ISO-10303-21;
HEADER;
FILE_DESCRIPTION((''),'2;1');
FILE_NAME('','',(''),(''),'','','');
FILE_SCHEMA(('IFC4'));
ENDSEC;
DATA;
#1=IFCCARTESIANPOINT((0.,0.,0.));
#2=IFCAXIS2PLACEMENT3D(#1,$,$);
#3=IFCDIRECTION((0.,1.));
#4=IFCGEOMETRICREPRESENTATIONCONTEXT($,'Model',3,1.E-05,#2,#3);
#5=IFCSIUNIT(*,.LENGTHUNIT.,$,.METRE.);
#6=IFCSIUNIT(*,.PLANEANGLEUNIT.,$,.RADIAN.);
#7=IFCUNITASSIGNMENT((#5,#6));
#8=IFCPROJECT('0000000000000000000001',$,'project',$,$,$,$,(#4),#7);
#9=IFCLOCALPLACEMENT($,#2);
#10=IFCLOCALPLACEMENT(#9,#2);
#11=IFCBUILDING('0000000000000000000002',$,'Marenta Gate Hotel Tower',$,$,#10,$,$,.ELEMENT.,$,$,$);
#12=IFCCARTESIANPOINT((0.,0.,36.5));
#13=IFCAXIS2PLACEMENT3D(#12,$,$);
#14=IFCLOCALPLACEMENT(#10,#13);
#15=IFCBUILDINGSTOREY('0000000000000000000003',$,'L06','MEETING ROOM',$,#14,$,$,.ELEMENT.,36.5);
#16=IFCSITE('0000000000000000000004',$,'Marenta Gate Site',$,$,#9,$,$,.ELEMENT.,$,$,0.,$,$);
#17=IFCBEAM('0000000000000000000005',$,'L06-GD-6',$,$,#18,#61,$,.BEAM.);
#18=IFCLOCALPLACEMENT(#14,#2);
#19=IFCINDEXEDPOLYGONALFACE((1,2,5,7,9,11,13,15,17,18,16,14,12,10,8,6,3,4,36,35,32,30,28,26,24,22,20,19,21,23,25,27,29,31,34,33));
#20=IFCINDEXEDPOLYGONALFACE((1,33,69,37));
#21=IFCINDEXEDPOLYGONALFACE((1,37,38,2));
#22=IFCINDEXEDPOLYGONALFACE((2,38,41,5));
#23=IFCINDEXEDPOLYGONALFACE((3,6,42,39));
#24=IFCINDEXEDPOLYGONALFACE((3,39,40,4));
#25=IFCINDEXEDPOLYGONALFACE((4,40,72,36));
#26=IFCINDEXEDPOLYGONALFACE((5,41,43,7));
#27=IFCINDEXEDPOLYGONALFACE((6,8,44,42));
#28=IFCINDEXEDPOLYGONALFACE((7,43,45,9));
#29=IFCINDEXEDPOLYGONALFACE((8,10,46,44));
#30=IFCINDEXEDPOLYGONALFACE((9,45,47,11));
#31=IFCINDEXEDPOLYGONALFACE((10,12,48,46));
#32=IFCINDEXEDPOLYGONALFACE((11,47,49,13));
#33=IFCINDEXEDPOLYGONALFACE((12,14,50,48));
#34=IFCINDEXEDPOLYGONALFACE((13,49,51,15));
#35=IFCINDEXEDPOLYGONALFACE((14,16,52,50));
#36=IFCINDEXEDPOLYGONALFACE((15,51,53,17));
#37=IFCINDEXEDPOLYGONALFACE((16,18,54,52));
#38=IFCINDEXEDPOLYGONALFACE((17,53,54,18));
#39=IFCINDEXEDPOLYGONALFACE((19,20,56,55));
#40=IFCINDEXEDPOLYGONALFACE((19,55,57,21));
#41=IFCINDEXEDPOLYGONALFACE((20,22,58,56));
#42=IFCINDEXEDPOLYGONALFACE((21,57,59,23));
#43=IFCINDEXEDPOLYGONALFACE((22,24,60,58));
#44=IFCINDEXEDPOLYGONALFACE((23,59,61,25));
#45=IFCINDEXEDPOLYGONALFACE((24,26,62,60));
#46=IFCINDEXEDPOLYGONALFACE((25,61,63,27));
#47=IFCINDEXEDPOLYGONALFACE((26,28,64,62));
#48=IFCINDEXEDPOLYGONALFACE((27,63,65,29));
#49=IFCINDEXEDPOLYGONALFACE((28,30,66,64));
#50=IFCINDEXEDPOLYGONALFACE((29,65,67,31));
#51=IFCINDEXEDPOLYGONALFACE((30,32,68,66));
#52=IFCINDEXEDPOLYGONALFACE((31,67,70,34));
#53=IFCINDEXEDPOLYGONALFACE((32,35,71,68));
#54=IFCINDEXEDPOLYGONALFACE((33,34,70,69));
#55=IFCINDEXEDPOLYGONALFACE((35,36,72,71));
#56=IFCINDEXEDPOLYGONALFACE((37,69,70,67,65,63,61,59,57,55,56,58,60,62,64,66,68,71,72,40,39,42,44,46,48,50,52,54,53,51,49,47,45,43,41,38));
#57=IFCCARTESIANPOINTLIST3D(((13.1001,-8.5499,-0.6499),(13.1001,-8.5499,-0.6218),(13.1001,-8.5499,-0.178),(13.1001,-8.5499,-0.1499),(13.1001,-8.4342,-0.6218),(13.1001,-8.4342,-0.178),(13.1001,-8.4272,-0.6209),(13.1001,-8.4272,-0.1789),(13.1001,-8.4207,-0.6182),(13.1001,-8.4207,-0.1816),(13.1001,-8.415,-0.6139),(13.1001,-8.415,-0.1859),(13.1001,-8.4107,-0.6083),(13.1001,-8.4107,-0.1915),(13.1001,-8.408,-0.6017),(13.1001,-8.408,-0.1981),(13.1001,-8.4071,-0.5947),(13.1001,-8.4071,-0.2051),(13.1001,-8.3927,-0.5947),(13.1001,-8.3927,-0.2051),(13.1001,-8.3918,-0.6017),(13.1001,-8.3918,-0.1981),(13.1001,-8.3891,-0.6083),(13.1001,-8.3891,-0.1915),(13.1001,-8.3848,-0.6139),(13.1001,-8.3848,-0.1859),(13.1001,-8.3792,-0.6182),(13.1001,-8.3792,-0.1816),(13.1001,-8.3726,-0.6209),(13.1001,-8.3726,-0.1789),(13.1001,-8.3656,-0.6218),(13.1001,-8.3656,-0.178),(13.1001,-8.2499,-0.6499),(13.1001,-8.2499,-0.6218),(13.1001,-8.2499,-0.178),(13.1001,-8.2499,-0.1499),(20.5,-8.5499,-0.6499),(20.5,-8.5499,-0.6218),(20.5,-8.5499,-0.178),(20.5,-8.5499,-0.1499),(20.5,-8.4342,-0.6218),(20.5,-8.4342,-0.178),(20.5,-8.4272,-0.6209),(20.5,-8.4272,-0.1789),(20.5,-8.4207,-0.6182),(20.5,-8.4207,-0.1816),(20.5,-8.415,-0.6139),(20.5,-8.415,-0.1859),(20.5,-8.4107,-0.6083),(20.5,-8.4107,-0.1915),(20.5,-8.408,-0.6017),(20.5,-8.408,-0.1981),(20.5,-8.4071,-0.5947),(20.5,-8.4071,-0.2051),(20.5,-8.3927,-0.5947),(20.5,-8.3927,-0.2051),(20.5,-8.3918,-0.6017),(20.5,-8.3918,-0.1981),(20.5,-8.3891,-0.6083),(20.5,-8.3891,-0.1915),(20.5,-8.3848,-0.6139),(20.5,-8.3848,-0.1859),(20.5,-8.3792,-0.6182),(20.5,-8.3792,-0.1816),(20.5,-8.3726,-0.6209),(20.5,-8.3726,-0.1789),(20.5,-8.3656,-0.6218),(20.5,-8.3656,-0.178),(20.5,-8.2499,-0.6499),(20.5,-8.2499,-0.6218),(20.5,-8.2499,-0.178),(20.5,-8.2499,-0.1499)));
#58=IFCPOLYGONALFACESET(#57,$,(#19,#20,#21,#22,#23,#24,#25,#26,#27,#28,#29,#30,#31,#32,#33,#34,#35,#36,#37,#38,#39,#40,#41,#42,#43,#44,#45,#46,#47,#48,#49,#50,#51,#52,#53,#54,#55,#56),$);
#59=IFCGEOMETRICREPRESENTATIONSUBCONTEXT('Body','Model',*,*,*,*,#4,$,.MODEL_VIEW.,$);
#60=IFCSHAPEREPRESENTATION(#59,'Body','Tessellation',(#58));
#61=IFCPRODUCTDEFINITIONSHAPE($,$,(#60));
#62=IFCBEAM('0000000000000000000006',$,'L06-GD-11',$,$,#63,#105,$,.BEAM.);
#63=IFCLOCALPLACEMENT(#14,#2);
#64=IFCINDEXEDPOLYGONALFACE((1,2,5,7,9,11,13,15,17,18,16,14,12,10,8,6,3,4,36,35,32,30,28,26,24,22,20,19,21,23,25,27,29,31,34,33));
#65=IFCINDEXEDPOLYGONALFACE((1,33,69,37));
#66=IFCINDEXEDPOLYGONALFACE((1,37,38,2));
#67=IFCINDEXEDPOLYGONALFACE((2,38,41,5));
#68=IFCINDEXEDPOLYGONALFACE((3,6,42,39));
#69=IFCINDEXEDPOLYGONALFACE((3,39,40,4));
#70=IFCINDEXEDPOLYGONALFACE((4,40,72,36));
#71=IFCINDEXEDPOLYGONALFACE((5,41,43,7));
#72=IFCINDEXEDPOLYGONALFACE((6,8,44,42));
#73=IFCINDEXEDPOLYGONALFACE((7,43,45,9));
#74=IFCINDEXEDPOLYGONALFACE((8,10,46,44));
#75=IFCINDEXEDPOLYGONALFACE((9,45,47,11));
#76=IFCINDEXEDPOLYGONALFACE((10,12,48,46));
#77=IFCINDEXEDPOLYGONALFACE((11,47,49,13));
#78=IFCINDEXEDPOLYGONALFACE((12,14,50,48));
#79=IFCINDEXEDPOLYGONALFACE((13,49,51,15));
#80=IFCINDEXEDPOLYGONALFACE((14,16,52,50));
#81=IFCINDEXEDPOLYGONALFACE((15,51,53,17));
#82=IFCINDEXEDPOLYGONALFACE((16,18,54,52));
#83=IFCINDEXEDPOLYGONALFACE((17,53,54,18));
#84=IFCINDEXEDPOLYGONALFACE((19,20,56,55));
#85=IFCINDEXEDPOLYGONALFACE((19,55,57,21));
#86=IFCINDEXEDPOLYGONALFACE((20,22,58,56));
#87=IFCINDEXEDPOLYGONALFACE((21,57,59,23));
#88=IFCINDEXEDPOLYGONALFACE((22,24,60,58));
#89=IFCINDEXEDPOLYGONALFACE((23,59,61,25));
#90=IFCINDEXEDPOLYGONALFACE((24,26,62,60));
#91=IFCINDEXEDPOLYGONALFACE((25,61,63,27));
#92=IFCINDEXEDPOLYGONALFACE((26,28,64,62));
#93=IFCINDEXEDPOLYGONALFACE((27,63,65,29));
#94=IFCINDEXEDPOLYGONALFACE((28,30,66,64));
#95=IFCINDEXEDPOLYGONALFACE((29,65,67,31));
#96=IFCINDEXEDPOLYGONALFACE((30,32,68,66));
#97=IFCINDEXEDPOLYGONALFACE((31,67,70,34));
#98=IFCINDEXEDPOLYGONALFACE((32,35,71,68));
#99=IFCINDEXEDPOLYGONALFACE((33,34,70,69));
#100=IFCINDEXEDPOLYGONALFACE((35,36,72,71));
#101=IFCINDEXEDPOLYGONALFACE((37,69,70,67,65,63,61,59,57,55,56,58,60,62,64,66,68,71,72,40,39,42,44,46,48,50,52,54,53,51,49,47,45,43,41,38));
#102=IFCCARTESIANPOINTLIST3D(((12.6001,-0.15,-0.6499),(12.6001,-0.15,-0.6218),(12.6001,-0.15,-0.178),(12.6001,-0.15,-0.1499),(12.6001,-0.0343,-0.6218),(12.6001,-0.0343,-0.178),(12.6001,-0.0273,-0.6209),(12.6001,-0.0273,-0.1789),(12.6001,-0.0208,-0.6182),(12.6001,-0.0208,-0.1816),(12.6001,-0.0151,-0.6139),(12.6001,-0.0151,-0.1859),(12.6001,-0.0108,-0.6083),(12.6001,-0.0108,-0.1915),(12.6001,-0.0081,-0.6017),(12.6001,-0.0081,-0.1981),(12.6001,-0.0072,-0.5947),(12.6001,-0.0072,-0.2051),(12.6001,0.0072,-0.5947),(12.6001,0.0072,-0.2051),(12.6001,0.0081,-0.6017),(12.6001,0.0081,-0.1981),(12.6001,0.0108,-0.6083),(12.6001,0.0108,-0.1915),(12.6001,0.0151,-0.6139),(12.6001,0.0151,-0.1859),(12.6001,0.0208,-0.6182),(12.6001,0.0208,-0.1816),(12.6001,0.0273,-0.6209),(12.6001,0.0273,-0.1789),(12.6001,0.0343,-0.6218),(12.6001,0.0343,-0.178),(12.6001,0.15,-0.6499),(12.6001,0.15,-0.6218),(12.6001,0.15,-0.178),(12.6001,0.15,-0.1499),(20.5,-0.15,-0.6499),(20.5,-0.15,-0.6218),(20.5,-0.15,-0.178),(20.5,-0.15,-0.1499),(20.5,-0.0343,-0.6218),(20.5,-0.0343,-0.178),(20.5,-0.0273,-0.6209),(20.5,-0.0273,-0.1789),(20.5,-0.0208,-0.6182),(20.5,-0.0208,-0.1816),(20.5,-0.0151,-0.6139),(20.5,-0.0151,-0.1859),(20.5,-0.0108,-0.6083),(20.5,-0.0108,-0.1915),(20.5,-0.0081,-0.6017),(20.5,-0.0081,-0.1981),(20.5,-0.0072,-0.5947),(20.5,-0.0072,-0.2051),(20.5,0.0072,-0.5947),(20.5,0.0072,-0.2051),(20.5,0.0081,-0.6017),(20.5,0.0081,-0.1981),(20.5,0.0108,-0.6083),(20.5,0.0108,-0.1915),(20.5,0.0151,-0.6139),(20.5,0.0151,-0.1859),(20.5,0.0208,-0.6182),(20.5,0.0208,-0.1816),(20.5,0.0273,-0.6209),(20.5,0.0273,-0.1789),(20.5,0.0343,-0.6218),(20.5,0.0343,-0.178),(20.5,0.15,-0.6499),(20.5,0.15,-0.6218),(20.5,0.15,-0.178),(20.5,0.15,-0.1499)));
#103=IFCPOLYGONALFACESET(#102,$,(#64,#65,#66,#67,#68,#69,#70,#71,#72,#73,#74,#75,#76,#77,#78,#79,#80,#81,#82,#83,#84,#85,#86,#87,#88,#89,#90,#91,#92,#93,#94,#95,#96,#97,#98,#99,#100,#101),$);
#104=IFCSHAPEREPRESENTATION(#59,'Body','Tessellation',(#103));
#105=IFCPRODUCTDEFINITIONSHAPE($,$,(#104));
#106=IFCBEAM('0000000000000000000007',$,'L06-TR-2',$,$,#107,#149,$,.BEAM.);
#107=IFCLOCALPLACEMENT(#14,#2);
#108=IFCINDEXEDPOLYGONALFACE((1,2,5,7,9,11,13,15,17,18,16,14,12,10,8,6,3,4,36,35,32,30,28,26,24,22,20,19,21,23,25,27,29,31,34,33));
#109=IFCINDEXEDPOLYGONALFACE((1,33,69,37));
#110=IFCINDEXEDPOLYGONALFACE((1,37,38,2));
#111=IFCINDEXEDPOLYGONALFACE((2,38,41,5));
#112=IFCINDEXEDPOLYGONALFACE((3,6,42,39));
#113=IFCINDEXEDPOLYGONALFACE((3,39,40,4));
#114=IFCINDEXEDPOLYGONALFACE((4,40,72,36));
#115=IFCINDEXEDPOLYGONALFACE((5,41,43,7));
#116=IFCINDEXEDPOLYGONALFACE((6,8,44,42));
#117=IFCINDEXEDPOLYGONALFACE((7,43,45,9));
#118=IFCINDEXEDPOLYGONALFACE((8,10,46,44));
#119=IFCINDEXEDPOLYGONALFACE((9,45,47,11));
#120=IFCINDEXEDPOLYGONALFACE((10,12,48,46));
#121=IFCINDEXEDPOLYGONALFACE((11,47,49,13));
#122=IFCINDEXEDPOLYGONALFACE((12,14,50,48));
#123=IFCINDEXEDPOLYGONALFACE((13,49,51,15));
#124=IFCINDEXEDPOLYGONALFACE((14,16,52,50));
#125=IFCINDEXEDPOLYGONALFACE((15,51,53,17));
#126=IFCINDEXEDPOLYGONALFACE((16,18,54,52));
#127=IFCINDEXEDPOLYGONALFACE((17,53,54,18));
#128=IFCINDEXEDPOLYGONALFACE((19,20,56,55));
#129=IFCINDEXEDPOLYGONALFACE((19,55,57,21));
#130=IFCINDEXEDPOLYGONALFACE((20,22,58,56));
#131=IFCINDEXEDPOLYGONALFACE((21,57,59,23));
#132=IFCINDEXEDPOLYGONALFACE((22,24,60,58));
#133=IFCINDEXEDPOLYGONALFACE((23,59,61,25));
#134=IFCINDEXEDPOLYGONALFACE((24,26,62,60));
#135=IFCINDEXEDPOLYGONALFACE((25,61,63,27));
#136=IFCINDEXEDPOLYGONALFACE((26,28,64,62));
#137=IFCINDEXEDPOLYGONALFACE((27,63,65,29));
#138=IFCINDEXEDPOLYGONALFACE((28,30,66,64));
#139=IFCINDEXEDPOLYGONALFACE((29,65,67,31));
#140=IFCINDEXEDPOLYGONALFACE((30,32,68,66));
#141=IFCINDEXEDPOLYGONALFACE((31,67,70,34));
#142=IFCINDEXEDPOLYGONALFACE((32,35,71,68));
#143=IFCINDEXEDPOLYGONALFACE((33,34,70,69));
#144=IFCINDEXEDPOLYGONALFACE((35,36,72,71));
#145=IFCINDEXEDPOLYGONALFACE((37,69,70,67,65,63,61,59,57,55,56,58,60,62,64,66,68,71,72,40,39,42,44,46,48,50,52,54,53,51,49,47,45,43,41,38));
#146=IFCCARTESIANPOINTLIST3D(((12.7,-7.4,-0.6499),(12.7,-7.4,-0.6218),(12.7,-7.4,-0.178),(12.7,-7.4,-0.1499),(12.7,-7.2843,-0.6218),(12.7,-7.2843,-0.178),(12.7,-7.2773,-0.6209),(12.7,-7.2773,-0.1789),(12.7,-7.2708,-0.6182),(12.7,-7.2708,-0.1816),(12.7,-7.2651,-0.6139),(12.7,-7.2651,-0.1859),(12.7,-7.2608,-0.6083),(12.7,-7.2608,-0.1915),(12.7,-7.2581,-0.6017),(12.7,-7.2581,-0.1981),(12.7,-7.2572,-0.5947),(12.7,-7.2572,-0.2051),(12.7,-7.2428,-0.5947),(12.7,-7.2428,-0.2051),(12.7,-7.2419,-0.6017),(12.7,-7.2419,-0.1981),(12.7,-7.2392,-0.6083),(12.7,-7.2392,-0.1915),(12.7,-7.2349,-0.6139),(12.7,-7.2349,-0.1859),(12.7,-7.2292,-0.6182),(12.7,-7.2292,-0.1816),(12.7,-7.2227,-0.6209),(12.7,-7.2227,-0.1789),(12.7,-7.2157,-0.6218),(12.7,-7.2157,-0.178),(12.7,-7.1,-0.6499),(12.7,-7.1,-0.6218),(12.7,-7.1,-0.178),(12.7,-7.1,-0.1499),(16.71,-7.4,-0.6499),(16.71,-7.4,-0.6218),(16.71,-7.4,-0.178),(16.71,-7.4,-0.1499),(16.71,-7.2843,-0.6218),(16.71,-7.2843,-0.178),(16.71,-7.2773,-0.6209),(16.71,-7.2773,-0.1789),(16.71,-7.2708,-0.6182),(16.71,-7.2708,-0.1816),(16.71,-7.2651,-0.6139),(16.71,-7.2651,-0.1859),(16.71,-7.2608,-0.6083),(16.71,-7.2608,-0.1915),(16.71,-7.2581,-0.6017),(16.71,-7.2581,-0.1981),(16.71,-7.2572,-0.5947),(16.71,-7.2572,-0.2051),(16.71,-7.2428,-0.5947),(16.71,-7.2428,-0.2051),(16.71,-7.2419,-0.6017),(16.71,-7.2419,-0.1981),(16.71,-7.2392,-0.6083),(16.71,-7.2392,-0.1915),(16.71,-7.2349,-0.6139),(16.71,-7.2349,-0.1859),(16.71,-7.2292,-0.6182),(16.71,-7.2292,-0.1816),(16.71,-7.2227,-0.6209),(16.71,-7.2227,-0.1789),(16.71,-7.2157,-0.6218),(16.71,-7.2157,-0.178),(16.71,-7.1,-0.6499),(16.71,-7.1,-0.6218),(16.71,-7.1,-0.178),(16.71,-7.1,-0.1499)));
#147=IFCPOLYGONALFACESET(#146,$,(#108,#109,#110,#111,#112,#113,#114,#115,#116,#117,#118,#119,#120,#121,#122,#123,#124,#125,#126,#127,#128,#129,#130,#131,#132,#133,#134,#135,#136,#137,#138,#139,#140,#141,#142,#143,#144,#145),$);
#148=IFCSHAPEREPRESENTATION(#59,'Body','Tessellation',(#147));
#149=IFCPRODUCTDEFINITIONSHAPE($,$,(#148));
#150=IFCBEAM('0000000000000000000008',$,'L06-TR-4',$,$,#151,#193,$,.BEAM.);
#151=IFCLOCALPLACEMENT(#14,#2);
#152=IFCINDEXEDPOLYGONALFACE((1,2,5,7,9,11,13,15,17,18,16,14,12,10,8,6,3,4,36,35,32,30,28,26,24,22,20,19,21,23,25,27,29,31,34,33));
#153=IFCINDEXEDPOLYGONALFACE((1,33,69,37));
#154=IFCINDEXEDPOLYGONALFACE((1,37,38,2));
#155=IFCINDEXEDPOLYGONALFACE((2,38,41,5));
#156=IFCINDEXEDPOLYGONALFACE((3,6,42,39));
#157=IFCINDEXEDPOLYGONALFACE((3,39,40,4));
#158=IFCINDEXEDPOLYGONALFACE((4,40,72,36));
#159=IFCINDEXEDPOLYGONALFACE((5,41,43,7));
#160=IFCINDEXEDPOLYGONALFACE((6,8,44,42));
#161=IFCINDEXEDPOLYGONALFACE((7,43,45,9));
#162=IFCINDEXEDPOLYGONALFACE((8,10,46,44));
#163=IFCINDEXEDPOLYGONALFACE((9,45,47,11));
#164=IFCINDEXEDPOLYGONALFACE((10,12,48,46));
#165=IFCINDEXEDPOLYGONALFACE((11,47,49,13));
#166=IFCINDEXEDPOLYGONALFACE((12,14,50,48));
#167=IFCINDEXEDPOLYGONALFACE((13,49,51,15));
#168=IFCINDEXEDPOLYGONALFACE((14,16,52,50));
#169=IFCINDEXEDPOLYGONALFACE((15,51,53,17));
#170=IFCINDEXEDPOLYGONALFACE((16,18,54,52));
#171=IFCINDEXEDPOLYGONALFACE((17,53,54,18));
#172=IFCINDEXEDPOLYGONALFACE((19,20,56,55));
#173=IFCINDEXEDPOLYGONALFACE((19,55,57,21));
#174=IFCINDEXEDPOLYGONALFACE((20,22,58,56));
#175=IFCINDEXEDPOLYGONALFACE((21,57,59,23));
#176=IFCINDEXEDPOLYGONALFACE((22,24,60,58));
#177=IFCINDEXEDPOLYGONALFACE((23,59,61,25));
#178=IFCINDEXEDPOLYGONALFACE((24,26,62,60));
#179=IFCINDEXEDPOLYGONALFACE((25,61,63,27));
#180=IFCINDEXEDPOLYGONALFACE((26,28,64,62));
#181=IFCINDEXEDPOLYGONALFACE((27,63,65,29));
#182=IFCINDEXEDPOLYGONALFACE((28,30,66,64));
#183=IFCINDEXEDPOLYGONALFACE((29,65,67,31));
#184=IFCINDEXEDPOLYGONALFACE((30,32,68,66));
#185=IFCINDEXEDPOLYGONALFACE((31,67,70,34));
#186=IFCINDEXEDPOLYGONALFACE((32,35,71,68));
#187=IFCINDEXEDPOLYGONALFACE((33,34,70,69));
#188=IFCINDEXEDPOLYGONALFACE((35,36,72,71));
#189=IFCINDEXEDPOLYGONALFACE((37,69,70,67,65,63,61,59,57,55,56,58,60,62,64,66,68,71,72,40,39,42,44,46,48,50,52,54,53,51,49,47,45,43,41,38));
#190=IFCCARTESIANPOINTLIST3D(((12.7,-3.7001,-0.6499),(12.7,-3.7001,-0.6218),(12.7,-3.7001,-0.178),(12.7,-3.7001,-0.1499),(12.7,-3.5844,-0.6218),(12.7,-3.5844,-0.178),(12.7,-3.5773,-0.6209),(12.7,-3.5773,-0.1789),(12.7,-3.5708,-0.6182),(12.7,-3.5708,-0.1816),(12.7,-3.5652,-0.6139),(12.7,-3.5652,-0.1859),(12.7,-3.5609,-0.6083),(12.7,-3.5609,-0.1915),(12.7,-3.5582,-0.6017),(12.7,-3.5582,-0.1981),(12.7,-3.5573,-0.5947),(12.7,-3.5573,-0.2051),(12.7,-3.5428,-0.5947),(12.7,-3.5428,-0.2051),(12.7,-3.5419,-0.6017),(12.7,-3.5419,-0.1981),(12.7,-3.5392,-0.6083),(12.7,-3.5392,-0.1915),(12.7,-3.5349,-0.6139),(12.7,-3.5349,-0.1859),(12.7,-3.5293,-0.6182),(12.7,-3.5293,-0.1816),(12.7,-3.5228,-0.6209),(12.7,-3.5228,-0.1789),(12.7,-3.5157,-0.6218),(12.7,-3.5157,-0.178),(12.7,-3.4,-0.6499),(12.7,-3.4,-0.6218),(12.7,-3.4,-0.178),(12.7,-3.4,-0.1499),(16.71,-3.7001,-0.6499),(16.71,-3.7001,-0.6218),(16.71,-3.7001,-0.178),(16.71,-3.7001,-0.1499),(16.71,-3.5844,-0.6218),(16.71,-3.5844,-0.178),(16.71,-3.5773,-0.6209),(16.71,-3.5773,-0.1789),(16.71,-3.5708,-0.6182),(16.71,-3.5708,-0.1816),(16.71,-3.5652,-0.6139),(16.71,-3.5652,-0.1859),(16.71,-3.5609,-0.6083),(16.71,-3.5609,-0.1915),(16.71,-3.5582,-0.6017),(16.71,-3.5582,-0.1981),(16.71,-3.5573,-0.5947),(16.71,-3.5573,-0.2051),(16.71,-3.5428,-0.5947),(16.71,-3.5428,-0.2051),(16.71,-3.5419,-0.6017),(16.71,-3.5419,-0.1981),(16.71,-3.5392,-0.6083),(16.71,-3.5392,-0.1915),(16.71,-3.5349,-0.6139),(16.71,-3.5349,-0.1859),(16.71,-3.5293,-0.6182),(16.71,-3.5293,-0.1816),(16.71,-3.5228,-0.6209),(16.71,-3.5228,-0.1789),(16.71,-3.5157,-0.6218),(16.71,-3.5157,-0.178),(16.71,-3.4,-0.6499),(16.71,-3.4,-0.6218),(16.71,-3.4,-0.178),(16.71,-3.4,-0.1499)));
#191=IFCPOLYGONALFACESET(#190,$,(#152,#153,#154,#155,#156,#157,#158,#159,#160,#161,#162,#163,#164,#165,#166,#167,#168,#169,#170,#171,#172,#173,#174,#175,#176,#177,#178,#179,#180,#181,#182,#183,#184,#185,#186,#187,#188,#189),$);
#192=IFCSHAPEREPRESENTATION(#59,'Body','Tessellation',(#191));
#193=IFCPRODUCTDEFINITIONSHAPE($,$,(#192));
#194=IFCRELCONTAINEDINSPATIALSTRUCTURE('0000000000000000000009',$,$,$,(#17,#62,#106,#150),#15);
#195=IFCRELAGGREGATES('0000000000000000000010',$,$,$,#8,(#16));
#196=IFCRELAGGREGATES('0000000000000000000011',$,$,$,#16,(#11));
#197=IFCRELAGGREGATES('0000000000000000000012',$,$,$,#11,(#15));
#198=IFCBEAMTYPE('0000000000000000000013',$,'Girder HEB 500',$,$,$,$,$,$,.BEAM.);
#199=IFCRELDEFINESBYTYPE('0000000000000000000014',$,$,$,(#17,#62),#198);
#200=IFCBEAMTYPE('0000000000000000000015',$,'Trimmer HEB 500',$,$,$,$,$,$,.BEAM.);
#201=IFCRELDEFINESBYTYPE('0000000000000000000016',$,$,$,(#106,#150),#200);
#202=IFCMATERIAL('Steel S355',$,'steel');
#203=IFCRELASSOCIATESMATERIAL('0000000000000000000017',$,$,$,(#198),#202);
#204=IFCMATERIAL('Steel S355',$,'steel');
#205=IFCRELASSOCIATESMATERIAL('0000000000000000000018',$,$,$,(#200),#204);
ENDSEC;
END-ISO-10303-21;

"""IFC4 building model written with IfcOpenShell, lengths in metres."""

from ifc_helpers import new_model, si_unit, direction, frame, origin, origin_2d, place, context, subcontext, project, spatial, i_section, extrude, material, material_profile, profile_set, type_object, element, save


model = new_model("IFC4")

# Units and contexts
model_context = context("Model", 3, precision=1e-05, world=origin(), true_north=direction((0.0, 1.0)))
body_context = subcontext(model_context, "Body", "Model", "MODEL_VIEW")
ifc_project = project(units=[si_unit("LENGTHUNIT", "METRE"), si_unit("PLANEANGLEUNIT", "RADIAN")], contexts=[model_context])

# Site, building, storey
site_placement = place(None, origin())
site = spatial("IfcSite", under=ifc_project, at=site_placement, Name="Marenta Gate Site", CompositionType="ELEMENT", RefElevation=0.0)
building_placement = place(site_placement, origin())
building = spatial("IfcBuilding", under=site, at=building_placement, Name="Marenta Gate Hotel Tower", CompositionType="ELEMENT")
storey_placement = place(building_placement, frame((0.0, 0.0, 36.5)))
storey = spatial("IfcBuildingStorey", under=building, at=storey_placement, Name="L06", Description="MEETING ROOM", CompositionType="ELEMENT", Elevation=36.5)

# Beams
ifc_material_1 = material(Name="Steel S355", Category="steel")
ifc_material_profile_1 = material_profile(ifc_material_1, i_section(OverallWidth=0.3, OverallDepth=0.5, WebThickness=0.0144, FlangeThickness=0.0281, FilletRadius=0.0271, at=origin_2d()), Name="HEB 500")
ifc_profile_set_1 = profile_set([ifc_material_profile_1], Name="Steel S355")
beam_type_1 = type_object("IfcBeamType", Name="Girder HEB 500", PredefinedType="BEAM", material=ifc_profile_set_1)
beam_1_placement = place(storey_placement, frame((13.1001, -8.3999, -0.3999), z_axis=(1.0, 0.0, 0.0), x_axis=(0.0, 1.0, 0.0)))
element("IfcBeam", 1, at=beam_1_placement, inside=storey, type_object=beam_type_1, Name="L06-GD-6", PredefinedType="BEAM", context=body_context, shape_type="SweptSolid", body=[
    extrude(i_section(OverallWidth=0.3, OverallDepth=0.5, WebThickness=0.0144, FlangeThickness=0.0281, FilletRadius=0.0271, at=origin_2d()), origin(), (0.0, 0.0, 1.0), 7.3999),
])
beam_2_placement = place(storey_placement, frame((12.6001, 0.0, -0.3999), z_axis=(1.0, 0.0, 0.0), x_axis=(0.0, 1.0, 0.0)))
element("IfcBeam", 2, at=beam_2_placement, inside=storey, type_object=beam_type_1, Name="L06-GD-11", PredefinedType="BEAM", context=body_context, shape_type="SweptSolid", body=[
    extrude(i_section(OverallWidth=0.3, OverallDepth=0.5, WebThickness=0.0144, FlangeThickness=0.0281, FilletRadius=0.0271, at=origin_2d()), origin(), (0.0, 0.0, 1.0), 7.8999),
])
ifc_material_2 = material(Name="Steel S355", Category="steel")
ifc_material_profile_2 = material_profile(ifc_material_2, i_section(OverallWidth=0.3, OverallDepth=0.5, WebThickness=0.0144, FlangeThickness=0.0281, FilletRadius=0.0271, at=origin_2d()), Name="HEB 500")
ifc_profile_set_2 = profile_set([ifc_material_profile_2], Name="Steel S355")
beam_type_2 = type_object("IfcBeamType", Name="Trimmer HEB 500", PredefinedType="BEAM", material=ifc_profile_set_2)
for number, where, z_axis, x_axis, name in (
    (3, (12.7, -7.25, -0.3999), (1.0, 0.0, 0.0), (0.0, 1.0, 0.0), "L06-TR-2"),
    (4, (12.7, -3.55, -0.3999), (1.0, 0.0, 0.0), (0.0, 1.0, 0.0), "L06-TR-4"),
):
    element("IfcBeam", number, at=place(storey_placement, frame(where, z_axis=z_axis, x_axis=x_axis)), inside=storey, type_object=beam_type_2, Name=name, PredefinedType="BEAM", context=body_context, shape_type="SweptSolid", body=[
        extrude(i_section(OverallWidth=0.3, OverallDepth=0.5, WebThickness=0.0144, FlangeThickness=0.0281, FilletRadius=0.0271, at=origin_2d()), origin(), (0.0, 0.0, 1.0), 4.01),
    ])

save(model, "model.ifc")
